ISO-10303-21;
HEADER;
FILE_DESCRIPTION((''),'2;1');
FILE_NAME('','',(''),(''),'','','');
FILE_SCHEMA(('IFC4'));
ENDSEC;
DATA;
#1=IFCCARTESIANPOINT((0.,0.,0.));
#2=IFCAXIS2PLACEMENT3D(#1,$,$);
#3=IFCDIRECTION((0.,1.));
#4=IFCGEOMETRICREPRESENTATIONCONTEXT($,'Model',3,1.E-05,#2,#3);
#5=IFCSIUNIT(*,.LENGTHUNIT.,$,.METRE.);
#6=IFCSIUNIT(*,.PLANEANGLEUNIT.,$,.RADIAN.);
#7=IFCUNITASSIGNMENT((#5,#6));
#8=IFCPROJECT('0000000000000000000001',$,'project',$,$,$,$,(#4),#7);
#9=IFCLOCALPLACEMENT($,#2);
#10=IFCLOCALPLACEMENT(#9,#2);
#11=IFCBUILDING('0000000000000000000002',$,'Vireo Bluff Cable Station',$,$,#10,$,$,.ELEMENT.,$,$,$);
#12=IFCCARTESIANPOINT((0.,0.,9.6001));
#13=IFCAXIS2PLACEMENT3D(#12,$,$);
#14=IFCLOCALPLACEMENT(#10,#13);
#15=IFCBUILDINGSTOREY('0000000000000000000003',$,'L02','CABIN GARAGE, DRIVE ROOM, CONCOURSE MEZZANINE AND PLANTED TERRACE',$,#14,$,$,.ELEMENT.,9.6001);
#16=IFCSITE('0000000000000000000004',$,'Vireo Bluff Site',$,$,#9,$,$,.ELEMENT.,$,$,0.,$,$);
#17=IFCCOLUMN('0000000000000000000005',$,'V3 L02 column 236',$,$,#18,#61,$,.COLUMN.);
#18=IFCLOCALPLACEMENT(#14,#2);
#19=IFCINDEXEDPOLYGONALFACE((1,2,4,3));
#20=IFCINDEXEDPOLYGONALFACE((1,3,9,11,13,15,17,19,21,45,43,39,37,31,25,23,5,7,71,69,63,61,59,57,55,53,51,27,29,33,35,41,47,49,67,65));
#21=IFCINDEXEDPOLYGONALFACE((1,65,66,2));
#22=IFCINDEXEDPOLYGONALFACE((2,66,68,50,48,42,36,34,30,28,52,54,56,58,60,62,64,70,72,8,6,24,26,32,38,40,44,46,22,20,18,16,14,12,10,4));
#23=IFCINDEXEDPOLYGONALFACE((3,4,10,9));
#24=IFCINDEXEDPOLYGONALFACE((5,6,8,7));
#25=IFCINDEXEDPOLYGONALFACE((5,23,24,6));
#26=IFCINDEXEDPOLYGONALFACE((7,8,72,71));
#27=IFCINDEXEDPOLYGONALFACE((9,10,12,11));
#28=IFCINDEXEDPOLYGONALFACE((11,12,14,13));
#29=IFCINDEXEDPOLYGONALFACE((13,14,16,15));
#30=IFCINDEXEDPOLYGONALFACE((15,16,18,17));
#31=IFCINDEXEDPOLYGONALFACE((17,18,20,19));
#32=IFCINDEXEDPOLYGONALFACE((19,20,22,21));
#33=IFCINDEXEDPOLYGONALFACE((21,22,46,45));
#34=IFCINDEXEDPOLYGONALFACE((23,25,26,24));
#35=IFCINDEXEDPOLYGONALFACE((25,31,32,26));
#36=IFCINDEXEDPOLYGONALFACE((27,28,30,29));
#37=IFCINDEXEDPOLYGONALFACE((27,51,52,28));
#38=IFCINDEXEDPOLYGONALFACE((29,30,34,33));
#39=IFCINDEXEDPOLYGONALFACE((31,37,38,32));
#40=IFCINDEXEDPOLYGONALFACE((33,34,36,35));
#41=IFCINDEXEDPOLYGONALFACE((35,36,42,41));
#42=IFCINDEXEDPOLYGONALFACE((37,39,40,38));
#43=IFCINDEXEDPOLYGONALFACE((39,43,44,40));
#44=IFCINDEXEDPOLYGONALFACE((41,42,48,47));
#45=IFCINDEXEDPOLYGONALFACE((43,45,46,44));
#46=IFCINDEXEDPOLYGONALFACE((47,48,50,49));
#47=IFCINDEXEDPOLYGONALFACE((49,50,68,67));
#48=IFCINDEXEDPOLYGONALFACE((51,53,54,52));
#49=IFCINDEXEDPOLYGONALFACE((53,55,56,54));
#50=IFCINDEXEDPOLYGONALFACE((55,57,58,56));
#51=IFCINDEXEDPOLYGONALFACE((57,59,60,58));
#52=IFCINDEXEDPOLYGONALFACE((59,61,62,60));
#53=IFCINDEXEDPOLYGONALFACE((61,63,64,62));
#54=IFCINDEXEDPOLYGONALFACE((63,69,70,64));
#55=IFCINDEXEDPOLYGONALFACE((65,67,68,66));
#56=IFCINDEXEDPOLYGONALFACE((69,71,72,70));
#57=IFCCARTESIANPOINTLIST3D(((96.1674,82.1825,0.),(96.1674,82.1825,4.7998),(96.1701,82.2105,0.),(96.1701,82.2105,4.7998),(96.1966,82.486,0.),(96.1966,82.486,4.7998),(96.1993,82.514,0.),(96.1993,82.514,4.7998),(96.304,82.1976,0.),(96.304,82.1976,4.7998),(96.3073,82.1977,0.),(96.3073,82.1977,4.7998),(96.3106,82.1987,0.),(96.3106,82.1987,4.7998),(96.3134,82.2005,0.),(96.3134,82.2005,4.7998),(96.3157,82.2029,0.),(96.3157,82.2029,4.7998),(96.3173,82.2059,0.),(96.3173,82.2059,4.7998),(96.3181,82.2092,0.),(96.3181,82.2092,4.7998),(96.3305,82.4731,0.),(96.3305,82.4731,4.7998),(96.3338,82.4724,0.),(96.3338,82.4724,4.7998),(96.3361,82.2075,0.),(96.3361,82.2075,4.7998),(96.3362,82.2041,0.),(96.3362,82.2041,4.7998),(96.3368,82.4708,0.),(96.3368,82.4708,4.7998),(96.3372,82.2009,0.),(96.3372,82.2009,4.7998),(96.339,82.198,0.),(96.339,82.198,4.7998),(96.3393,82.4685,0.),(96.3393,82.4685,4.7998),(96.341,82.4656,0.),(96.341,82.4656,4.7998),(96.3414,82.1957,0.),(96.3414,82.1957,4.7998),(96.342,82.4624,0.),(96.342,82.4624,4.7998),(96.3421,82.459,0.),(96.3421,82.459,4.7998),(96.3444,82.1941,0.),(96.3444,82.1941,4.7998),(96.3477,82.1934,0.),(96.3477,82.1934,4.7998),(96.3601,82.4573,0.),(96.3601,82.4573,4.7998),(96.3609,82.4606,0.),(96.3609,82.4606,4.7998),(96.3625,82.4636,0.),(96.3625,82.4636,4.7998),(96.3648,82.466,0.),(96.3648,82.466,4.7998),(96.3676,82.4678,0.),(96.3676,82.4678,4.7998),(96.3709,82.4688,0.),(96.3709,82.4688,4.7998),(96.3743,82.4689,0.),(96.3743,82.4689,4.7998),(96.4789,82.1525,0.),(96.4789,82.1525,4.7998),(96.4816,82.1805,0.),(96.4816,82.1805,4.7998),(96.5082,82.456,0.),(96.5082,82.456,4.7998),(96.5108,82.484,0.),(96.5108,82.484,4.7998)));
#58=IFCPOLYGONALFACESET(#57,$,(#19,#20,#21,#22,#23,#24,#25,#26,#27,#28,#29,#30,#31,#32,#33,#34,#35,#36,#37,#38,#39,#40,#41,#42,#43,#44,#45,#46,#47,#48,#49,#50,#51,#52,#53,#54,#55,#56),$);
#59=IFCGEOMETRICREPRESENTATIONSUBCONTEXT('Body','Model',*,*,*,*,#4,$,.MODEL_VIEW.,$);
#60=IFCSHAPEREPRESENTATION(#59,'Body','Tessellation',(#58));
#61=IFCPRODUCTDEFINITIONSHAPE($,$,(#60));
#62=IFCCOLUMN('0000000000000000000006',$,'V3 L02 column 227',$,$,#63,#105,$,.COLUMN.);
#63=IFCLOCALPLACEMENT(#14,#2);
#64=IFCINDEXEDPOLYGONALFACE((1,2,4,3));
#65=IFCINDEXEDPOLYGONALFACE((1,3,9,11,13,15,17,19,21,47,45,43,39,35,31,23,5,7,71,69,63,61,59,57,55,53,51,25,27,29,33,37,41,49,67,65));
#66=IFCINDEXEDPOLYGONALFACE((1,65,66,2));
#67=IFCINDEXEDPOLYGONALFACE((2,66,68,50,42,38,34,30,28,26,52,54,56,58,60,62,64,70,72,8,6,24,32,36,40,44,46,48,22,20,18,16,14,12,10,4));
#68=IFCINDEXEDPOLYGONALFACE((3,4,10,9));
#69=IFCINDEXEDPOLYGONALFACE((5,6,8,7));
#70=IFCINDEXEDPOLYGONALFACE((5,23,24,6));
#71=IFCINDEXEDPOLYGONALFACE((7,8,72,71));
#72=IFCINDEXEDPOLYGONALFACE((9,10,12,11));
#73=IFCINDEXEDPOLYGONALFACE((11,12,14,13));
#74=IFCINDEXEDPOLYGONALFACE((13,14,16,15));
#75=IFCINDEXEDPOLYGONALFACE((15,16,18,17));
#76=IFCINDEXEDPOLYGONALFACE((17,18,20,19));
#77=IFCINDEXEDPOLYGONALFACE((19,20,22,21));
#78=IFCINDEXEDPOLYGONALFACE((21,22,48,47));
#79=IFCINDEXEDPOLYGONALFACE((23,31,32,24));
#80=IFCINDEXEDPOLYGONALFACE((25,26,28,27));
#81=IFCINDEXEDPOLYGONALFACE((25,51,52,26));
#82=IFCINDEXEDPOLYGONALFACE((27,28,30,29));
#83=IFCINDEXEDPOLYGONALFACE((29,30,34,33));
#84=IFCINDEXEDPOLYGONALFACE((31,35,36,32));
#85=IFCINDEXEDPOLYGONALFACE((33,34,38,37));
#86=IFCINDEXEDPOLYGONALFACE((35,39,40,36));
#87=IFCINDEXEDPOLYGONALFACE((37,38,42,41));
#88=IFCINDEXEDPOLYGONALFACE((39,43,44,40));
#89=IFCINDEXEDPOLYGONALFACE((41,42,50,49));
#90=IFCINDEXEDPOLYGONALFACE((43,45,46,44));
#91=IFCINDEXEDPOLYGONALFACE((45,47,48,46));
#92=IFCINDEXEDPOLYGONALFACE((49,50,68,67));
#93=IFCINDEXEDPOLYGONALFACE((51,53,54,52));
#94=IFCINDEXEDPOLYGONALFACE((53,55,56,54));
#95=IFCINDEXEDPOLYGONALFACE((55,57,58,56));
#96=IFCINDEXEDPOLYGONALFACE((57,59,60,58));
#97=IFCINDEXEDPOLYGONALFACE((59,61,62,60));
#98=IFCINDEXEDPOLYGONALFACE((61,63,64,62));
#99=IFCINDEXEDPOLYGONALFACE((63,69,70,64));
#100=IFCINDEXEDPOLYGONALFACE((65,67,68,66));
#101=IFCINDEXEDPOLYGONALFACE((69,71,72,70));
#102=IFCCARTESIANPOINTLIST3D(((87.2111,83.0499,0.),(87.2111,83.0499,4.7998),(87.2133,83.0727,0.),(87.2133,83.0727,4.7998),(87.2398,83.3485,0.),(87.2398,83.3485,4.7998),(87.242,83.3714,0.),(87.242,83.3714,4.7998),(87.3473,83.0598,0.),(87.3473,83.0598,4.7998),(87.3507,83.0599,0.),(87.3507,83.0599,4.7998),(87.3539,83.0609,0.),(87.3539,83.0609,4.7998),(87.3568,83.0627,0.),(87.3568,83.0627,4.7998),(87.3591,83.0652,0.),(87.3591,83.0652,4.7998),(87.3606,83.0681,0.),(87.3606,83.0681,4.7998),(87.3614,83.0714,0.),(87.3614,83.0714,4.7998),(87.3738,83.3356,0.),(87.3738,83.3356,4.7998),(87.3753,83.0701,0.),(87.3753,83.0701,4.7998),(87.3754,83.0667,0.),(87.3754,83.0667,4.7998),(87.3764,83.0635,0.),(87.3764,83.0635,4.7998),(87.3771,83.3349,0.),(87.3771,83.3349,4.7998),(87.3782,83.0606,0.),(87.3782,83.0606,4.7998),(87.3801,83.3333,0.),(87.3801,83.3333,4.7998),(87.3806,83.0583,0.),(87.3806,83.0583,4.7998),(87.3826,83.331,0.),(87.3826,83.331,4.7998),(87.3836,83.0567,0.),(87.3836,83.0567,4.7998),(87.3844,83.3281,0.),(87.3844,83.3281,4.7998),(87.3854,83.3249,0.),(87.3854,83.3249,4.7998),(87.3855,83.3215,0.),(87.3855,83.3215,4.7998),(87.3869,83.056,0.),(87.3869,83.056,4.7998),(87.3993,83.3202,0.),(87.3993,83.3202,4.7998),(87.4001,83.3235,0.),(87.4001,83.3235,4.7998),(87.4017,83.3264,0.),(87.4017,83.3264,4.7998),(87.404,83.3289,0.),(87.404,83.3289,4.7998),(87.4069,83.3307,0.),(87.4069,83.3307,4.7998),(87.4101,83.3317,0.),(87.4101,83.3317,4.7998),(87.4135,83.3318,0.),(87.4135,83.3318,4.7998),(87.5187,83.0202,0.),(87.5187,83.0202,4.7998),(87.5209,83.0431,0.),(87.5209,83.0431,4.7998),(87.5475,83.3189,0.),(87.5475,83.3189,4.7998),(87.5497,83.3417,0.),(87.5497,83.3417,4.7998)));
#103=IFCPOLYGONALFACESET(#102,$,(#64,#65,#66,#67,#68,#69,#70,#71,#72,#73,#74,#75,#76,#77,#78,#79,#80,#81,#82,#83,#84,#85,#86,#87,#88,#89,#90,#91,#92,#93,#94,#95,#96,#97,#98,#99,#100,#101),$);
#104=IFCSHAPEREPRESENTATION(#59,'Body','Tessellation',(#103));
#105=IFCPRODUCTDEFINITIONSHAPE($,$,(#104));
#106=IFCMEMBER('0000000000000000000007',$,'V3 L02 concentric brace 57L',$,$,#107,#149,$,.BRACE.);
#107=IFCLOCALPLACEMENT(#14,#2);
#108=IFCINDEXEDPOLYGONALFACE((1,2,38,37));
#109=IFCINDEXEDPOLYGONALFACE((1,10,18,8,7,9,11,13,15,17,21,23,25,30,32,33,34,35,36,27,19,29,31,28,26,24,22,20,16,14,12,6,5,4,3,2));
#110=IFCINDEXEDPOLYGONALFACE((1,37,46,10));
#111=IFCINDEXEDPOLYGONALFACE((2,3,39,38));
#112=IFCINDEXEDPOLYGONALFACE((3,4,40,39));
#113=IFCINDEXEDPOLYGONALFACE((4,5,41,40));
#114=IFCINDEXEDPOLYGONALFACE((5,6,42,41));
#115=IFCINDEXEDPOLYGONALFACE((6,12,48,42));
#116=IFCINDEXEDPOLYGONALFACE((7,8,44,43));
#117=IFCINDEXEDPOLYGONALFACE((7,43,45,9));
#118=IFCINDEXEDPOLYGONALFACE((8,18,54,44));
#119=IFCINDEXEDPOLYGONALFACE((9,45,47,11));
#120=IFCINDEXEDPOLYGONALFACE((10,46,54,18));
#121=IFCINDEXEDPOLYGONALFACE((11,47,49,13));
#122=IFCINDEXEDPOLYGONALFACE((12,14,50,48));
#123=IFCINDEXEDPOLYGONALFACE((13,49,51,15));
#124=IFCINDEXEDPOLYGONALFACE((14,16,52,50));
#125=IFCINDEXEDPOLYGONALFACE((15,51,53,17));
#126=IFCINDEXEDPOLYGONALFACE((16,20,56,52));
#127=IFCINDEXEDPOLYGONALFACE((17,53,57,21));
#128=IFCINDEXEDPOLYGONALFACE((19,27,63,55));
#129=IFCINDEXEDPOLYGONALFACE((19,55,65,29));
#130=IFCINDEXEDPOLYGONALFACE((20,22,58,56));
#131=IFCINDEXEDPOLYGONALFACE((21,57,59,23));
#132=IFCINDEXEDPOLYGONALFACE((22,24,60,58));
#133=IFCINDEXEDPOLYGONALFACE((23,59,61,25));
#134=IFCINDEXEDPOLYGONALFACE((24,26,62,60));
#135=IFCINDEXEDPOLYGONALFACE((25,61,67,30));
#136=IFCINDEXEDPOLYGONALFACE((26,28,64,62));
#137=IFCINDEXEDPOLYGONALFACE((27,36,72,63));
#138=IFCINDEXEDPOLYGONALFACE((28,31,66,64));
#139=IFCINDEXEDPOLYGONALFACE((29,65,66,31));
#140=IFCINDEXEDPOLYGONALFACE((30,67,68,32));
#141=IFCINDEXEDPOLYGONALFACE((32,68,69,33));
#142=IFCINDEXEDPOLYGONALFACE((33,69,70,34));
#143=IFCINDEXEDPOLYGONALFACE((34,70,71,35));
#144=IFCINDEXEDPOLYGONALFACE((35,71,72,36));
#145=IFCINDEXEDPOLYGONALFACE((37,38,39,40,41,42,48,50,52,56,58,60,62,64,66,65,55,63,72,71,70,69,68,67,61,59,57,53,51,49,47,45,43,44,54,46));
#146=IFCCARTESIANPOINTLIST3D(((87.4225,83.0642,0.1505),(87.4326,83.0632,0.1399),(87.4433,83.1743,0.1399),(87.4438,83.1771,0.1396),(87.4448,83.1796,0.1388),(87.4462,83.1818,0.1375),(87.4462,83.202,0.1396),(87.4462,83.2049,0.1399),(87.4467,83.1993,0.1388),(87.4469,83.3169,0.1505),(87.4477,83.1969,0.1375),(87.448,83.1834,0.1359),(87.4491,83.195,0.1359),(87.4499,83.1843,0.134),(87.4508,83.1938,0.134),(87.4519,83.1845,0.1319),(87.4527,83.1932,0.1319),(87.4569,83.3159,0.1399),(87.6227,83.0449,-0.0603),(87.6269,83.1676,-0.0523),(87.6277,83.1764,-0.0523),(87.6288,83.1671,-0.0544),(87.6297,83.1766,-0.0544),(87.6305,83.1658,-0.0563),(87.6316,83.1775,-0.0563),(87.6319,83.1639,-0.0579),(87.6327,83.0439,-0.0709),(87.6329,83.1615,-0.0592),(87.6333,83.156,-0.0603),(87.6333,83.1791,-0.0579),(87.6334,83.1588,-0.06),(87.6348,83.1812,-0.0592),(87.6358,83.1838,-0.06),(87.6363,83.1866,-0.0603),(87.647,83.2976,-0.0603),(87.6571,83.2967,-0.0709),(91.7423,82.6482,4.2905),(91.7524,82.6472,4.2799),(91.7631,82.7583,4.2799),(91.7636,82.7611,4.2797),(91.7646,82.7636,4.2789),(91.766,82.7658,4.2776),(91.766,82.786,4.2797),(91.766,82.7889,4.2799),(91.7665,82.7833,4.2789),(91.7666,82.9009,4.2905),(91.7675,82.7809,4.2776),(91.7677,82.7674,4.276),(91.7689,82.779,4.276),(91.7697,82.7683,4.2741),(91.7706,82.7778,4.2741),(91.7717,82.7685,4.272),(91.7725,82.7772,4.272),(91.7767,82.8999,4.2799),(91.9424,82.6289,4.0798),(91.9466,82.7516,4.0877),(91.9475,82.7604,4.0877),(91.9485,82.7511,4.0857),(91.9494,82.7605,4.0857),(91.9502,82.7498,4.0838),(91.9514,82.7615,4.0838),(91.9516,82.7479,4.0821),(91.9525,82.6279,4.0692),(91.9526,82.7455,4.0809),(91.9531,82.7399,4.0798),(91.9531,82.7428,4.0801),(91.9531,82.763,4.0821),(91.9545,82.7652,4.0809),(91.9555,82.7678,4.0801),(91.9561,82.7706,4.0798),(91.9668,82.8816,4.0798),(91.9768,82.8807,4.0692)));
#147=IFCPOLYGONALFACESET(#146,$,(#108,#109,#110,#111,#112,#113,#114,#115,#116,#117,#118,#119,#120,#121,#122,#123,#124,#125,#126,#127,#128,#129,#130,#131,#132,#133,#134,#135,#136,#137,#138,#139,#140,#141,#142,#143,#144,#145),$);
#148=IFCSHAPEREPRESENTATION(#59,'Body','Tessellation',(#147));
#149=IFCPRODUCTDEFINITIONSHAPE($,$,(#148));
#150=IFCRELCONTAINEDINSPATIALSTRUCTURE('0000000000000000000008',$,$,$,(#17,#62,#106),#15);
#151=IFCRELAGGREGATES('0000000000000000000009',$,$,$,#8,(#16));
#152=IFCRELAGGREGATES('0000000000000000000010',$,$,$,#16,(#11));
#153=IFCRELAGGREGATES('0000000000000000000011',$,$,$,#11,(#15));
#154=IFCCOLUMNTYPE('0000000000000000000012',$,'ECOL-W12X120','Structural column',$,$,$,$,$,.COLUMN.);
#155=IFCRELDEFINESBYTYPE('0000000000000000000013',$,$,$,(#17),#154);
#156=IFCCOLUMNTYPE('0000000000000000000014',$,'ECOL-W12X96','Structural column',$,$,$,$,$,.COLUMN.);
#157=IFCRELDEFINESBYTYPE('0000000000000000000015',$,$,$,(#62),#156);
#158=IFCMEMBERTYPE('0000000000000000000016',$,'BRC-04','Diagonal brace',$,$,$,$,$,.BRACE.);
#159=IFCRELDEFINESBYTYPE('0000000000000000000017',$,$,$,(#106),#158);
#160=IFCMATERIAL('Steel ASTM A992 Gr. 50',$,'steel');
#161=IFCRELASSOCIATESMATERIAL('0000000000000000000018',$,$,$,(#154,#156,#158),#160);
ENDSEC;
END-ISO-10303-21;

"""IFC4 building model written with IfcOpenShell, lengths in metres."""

from ifc_helpers import new_model, si_unit, direction, frame, origin, origin_2d, place, context, subcontext, project, spatial, i_section, extrude, material, material_profile, profile_set, type_object, element, save


model = new_model("IFC4")

# Units and contexts
model_context = context("Model", 3, precision=1e-05, world=origin(), true_north=direction((0.0, 1.0)))
body_context = subcontext(model_context, "Body", "Model", "MODEL_VIEW")
ifc_project = project(units=[si_unit("LENGTHUNIT", "METRE"), si_unit("PLANEANGLEUNIT", "RADIAN")], contexts=[model_context])

# Site, building, storey
site_placement = place(None, origin())
site = spatial("IfcSite", under=ifc_project, at=site_placement, Name="Vireo Bluff Site", CompositionType="ELEMENT", RefElevation=0.0)
building_placement = place(site_placement, origin())
building = spatial("IfcBuilding", under=site, at=building_placement, Name="Vireo Bluff Cable Station", CompositionType="ELEMENT")
storey_placement = place(building_placement, frame((0.0, 0.0, 9.6001)))
storey = spatial("IfcBuildingStorey", under=building, at=storey_placement, Name="L02", Description="CABIN GARAGE, DRIVE ROOM, CONCOURSE MEZZANINE AND PLANTED TERRACE", CompositionType="ELEMENT", Elevation=9.6001)

# Columns
ifc_material_1 = material(Name="Steel ASTM A992 Gr. 50", Category="steel")
ifc_material_profile_1 = material_profile(ifc_material_1, i_section(OverallWidth=0.313, OverallDepth=0.333, WebThickness=0.0181, FlangeThickness=0.0281, FilletRadius=0.0129, at=origin_2d()), Name="W12X120")
ifc_profile_set_1 = profile_set([ifc_material_profile_1], Name="Steel ASTM A992 Gr. 50")
column_type_1 = type_object("IfcColumnType", Name="ECOL-W12X120", Description="Structural column", PredefinedType="COLUMN", material=ifc_profile_set_1)
column_1_placement = place(storey_placement, frame((96.3391, 82.3333, 0.0), z_axis=(0.0, 0.0, 1.0), x_axis=(0.995396, -0.095846, 0.0)))
element("IfcColumn", 1, at=column_1_placement, inside=storey, type_object=column_type_1, Name="V3 L02 column 236", PredefinedType="COLUMN", context=body_context, shape_type="SweptSolid", body=[
    extrude(i_section(OverallWidth=0.313, OverallDepth=0.333, WebThickness=0.0181, FlangeThickness=0.0281, FilletRadius=0.0129, at=origin_2d()), origin(), (0.0, 0.0, 1.0), 4.7998),
])
ifc_material_profile_2 = material_profile(ifc_material_1, i_section(OverallWidth=0.3091, OverallDepth=0.323, WebThickness=0.0139, FlangeThickness=0.0229, FilletRadius=0.0129, at=origin_2d()), Name="W12X96")
ifc_profile_set_2 = profile_set([ifc_material_profile_2], Name="Steel ASTM A992 Gr. 50")
column_type_2 = type_object("IfcColumnType", Name="ECOL-W12X96", Description="Structural column", PredefinedType="COLUMN", material=ifc_profile_set_2)
column_2_placement = place(storey_placement, frame((87.3804, 83.1958, 0.0), z_axis=(0.0, 0.0, 1.0), x_axis=(0.995396, -0.095846, 0.0)))
element("IfcColumn", 2, at=column_2_placement, inside=storey, type_object=column_type_2, Name="V3 L02 column 227", PredefinedType="COLUMN", context=body_context, shape_type="SweptSolid", body=[
    extrude(i_section(OverallWidth=0.3091, OverallDepth=0.323, WebThickness=0.0139, FlangeThickness=0.0229, FilletRadius=0.0129, at=origin_2d()), origin(), (0.0, 0.0, 1.0), 4.7998),
])

# Member
ifc_material_profile_3 = material_profile(ifc_material_1, i_section(OverallWidth=0.2539, OverallDepth=0.3059, WebThickness=0.0088, FlangeThickness=0.0146, FilletRadius=0.011, at=origin_2d()), Name="W12X53")
ifc_profile_set_3 = profile_set([ifc_material_profile_3], Name="Steel ASTM A992 Gr. 50")
member_type_1 = type_object("IfcMemberType", Name="BRC-04", Description="Diagonal brace", PredefinedType="BRACE", material=ifc_profile_set_3)
member_1_placement = place(storey_placement, frame((87.5398, 83.1804, 0.0398), z_axis=(0.720224, -0.06936, 0.690266), x_axis=(0.09586, 0.995395, 0.0)))
element("IfcMember", 3, at=member_1_placement, inside=storey, type_object=member_type_1, Name="V3 L02 concentric brace 57L", PredefinedType="BRACE", context=body_context, shape_type="SweptSolid", body=[
    extrude(i_section(OverallWidth=0.2539, OverallDepth=0.3059, WebThickness=0.0088, FlangeThickness=0.0146, FilletRadius=0.011, at=origin_2d()), origin(), (0.0, 0.0, 1.0), 5.9978),
])

save(model, "model.ifc")
